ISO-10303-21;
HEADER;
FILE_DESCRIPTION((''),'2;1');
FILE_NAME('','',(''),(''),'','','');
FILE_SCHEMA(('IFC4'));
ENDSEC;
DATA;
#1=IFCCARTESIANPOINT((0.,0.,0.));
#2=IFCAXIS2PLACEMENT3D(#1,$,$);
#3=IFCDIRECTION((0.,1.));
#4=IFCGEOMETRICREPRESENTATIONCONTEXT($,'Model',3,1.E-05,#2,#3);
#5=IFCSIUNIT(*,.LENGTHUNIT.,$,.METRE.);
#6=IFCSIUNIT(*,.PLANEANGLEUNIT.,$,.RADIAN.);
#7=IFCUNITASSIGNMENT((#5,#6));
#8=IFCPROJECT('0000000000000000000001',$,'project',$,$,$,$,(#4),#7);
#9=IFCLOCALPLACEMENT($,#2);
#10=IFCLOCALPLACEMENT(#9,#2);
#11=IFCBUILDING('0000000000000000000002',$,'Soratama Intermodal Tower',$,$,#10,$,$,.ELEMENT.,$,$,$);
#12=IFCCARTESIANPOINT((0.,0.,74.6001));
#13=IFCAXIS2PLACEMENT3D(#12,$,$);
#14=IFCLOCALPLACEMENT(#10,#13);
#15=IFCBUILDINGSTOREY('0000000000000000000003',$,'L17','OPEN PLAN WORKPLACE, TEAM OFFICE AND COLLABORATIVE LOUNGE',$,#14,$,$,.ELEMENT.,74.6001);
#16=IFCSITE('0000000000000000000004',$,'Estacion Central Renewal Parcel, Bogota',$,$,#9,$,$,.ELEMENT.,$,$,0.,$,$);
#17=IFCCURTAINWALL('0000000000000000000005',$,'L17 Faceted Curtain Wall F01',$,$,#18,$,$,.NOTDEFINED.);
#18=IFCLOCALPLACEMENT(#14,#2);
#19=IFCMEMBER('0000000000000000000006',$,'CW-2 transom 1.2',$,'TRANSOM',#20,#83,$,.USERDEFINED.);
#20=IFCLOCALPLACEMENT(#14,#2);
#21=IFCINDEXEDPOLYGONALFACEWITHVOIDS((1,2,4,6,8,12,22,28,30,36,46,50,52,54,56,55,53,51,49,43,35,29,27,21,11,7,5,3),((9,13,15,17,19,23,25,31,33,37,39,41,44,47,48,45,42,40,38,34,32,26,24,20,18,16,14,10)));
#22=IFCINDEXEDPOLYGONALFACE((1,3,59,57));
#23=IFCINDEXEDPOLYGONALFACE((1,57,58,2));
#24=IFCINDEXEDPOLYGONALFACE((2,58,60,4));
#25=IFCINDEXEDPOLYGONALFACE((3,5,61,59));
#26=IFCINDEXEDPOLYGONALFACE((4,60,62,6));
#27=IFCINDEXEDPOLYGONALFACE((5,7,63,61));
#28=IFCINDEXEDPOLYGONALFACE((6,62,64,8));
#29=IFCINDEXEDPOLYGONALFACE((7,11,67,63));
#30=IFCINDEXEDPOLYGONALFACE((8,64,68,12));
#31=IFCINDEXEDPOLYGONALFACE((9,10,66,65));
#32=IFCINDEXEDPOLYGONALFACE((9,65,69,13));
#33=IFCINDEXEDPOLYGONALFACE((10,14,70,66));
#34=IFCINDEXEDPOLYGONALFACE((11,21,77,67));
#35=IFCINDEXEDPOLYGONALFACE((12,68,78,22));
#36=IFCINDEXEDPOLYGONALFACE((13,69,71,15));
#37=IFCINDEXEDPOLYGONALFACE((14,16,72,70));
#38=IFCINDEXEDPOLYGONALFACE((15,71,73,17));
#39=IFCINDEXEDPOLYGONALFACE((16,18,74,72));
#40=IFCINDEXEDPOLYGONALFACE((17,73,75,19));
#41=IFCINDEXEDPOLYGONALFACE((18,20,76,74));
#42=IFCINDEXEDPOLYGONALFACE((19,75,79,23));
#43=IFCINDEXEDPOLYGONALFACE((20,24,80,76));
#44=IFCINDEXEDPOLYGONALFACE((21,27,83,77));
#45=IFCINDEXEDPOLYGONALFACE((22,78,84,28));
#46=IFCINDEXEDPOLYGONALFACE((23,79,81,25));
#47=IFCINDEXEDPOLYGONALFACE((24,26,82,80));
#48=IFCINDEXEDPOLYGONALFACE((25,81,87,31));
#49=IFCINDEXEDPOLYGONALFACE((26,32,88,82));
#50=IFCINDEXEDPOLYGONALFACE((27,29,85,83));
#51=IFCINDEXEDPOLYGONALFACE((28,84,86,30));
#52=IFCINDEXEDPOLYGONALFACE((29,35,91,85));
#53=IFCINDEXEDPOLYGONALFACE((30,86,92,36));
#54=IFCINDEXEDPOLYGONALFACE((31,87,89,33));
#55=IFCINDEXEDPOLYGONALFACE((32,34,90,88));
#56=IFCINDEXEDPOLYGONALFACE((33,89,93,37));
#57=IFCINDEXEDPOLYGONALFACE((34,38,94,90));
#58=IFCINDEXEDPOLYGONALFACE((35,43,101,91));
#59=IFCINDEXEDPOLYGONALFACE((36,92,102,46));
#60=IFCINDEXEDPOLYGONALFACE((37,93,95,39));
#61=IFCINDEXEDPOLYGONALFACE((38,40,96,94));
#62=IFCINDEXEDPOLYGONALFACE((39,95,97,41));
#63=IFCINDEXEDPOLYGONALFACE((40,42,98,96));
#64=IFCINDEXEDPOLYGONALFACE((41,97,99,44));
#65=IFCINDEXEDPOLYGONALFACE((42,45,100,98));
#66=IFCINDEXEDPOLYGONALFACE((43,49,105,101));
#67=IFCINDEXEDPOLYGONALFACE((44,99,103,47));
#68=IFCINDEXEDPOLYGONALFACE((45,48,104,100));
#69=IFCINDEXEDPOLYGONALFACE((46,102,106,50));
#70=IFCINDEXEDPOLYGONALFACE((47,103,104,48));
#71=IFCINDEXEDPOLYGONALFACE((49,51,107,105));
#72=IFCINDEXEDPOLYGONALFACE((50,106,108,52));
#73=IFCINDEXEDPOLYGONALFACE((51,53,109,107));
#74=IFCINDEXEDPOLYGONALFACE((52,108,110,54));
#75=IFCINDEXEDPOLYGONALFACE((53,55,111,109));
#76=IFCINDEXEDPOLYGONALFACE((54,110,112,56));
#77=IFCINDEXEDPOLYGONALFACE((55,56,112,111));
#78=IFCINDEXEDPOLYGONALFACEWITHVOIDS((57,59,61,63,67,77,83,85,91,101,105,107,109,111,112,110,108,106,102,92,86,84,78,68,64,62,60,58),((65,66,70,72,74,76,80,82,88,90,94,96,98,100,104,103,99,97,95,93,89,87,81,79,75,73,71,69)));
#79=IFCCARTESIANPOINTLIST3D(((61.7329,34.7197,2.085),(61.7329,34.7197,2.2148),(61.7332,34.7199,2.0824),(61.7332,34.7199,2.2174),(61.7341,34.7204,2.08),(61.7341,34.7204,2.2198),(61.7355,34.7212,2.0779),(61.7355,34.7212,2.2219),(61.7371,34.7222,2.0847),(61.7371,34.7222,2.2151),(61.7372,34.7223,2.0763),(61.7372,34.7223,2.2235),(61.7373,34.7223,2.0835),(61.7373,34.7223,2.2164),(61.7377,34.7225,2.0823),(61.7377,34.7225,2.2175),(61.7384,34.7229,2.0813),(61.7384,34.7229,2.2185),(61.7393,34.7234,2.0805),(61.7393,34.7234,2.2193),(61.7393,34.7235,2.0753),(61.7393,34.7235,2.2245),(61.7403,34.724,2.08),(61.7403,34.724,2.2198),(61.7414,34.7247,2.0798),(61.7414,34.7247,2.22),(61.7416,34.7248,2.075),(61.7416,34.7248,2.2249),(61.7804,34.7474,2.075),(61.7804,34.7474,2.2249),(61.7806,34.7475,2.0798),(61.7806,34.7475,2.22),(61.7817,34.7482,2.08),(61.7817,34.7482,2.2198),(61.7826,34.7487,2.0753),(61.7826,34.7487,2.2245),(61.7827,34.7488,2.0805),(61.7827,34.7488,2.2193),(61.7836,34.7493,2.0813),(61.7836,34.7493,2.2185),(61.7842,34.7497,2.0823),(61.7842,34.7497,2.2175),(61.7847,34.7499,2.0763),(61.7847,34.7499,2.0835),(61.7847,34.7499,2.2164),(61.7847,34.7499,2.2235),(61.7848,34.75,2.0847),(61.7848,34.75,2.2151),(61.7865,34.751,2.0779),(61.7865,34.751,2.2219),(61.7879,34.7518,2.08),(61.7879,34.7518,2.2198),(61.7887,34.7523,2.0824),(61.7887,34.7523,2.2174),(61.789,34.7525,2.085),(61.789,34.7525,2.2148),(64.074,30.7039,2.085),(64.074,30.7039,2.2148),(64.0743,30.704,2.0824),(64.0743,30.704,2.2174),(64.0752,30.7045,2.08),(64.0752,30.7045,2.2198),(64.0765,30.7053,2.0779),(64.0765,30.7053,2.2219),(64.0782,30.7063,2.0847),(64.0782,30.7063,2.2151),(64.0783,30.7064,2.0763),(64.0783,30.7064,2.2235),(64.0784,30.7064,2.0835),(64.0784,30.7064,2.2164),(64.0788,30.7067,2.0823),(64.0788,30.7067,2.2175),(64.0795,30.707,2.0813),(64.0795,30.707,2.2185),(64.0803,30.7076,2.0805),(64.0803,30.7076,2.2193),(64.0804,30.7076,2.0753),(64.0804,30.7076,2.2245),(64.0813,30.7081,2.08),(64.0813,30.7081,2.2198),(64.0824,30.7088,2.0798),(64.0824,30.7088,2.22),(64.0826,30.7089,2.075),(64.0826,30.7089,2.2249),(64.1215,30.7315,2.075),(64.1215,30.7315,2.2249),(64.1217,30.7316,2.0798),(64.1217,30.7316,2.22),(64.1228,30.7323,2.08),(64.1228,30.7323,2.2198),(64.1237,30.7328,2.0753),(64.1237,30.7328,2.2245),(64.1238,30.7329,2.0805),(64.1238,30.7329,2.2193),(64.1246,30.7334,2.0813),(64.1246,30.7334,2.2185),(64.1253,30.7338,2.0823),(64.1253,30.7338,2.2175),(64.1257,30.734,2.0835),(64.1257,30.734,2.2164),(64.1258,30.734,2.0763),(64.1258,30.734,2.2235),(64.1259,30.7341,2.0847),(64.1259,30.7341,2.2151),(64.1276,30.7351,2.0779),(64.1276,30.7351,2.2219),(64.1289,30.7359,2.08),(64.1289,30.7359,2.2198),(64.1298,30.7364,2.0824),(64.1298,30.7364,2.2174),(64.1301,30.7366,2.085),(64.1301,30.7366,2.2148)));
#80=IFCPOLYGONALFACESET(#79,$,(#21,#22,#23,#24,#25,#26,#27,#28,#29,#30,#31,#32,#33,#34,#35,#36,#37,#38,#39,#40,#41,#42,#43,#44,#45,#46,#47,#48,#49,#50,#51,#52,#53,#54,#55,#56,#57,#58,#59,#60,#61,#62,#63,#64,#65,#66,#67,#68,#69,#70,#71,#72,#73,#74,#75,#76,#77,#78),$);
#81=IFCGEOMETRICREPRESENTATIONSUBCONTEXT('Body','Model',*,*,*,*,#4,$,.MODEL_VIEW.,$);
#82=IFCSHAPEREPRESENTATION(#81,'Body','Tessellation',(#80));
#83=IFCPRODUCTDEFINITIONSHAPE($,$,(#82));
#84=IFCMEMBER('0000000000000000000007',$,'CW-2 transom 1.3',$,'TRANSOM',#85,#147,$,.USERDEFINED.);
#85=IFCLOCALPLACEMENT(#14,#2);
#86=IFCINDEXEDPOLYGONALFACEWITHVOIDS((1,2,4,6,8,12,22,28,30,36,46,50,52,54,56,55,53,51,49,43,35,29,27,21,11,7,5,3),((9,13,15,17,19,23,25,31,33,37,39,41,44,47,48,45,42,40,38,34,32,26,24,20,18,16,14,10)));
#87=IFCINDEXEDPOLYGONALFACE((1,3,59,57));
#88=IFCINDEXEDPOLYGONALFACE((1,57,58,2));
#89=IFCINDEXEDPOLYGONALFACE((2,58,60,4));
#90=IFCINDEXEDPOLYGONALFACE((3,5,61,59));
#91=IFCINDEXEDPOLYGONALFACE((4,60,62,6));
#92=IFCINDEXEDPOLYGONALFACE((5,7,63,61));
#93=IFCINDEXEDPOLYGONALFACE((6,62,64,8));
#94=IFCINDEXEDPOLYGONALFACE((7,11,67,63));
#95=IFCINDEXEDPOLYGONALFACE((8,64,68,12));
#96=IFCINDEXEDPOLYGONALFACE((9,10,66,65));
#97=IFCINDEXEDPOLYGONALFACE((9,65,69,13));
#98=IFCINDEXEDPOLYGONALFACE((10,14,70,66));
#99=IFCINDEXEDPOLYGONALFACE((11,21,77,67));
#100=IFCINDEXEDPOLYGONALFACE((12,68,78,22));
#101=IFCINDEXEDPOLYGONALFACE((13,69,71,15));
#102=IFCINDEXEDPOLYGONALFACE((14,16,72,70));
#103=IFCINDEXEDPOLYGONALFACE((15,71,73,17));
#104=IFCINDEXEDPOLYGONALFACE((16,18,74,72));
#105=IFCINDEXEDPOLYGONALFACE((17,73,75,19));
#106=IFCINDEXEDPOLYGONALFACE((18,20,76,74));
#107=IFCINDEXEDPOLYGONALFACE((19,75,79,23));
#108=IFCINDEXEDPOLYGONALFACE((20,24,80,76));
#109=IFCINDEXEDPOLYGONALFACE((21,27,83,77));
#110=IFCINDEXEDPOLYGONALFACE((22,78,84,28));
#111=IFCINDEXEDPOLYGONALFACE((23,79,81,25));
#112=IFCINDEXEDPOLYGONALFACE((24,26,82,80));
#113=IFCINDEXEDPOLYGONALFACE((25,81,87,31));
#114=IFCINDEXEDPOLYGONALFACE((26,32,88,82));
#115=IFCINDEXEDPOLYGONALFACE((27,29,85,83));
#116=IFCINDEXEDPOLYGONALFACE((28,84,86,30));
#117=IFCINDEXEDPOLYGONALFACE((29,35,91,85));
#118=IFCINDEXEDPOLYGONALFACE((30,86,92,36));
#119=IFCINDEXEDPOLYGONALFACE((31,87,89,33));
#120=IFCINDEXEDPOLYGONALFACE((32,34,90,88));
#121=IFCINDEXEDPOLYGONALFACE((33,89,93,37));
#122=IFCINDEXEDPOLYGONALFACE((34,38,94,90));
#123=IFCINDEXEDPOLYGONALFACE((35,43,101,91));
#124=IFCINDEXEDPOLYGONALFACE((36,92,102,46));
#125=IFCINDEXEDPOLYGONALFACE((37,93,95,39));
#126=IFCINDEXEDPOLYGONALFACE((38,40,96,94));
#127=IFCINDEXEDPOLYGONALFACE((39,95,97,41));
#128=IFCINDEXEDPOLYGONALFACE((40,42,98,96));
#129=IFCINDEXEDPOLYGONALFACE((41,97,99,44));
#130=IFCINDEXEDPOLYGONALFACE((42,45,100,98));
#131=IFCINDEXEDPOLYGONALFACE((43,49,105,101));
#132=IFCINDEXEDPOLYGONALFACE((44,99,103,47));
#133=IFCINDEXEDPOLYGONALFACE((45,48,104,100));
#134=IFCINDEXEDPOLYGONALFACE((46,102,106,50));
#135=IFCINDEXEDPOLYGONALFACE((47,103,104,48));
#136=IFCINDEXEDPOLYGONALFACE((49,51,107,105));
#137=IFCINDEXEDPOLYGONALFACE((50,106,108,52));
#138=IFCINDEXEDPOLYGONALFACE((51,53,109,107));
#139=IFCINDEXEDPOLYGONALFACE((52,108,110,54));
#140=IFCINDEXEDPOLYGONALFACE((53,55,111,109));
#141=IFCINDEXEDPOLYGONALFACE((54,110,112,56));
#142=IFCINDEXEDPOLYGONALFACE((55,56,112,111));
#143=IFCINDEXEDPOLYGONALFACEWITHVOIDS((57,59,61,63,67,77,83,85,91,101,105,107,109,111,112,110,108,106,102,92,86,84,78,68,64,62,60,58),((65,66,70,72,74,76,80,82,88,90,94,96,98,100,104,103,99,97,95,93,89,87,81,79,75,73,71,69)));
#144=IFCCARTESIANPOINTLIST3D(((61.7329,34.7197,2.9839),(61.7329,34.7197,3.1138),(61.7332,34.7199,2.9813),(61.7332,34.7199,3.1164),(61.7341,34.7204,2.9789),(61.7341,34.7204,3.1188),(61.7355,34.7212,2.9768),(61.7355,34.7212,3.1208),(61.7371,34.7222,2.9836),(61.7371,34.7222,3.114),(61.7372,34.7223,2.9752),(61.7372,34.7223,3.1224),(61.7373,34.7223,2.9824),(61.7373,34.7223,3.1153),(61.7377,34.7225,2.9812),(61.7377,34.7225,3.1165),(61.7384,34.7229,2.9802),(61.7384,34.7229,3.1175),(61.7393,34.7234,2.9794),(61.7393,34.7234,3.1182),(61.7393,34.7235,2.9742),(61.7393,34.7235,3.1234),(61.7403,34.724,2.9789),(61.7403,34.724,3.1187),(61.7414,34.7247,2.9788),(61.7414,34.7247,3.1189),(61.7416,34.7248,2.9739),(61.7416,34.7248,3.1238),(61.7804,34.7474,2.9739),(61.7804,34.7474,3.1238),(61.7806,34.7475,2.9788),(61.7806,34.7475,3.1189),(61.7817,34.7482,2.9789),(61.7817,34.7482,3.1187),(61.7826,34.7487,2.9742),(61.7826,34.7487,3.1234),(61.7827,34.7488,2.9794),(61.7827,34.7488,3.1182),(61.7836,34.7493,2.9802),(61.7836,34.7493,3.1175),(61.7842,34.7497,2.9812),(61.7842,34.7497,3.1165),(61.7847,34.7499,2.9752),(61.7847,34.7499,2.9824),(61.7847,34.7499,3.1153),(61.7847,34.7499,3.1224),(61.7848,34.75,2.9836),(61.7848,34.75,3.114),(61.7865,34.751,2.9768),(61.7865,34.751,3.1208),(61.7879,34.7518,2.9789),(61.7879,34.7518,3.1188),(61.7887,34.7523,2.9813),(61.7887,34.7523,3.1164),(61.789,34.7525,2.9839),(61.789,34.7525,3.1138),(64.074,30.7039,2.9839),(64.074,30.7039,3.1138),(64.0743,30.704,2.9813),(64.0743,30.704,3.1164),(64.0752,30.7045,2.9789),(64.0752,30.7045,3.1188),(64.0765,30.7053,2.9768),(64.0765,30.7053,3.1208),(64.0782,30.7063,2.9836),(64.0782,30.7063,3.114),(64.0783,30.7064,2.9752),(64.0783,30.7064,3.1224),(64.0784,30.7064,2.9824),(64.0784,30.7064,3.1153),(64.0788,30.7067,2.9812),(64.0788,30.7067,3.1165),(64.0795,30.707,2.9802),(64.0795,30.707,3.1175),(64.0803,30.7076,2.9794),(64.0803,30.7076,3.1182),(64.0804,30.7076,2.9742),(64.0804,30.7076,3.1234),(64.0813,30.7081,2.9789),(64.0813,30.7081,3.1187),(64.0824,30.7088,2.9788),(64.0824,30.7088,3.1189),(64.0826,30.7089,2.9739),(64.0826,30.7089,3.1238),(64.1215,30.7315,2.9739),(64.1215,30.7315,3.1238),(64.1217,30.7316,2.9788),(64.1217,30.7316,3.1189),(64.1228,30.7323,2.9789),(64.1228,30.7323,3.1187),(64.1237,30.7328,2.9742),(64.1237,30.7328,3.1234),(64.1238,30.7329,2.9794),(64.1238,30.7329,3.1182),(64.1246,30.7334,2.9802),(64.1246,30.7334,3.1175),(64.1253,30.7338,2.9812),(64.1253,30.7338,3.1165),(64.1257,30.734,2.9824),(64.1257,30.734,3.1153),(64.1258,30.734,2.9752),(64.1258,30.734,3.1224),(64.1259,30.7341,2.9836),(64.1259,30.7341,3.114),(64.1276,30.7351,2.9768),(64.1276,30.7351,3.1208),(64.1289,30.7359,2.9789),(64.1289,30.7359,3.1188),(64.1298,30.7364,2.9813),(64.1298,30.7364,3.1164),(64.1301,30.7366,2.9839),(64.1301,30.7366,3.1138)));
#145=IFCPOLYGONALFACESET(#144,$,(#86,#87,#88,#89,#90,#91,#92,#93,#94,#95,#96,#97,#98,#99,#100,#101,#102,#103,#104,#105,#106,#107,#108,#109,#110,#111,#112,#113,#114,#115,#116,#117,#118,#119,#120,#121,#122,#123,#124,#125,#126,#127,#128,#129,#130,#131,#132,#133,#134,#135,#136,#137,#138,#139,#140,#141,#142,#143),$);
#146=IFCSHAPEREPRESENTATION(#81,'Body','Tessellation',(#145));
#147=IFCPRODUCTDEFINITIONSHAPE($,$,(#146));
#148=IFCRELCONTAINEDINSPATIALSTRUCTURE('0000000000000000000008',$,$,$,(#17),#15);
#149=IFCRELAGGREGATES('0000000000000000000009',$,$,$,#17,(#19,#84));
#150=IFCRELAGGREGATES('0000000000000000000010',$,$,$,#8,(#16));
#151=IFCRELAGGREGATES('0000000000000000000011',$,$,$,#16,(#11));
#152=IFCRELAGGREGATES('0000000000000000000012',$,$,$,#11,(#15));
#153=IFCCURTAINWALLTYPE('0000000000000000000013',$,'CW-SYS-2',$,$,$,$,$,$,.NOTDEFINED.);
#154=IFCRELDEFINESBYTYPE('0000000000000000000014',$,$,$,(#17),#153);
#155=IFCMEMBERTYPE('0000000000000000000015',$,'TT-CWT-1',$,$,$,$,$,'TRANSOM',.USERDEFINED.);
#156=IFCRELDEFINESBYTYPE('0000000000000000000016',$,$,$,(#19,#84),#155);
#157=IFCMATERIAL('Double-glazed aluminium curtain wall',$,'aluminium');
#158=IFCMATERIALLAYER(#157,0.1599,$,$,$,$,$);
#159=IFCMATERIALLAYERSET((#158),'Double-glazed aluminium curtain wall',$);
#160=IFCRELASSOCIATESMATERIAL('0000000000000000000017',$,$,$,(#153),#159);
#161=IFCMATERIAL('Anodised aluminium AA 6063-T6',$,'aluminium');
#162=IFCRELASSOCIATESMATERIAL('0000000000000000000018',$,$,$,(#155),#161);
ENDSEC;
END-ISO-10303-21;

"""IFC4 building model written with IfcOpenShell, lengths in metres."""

from ifc_helpers import new_model, si_unit, direction, frame, origin, origin_2d, place, context, subcontext, project, spatial, hollow_rectangle, extrude, material, layer, layer_set, material_profile, profile_set, type_object, element, aggregate, save


model = new_model("IFC4")

# Units and contexts
model_context = context("Model", 3, precision=1e-05, world=origin(), true_north=direction((0.0, 1.0)))
body_context = subcontext(model_context, "Body", "Model", "MODEL_VIEW")
ifc_project = project(units=[si_unit("LENGTHUNIT", "METRE"), si_unit("PLANEANGLEUNIT", "RADIAN")], contexts=[model_context])

# Site, building, storey
site_placement = place(None, origin())
site = spatial("IfcSite", under=ifc_project, at=site_placement, Name="Estacion Central Renewal Parcel, Bogota", CompositionType="ELEMENT", RefElevation=0.0)
building_placement = place(site_placement, origin())
building = spatial("IfcBuilding", under=site, at=building_placement, Name="Soratama Intermodal Tower", CompositionType="ELEMENT")
storey_placement = place(building_placement, frame((0.0, 0.0, 74.6001)))
storey = spatial("IfcBuildingStorey", under=building, at=storey_placement, Name="L17", Description="OPEN PLAN WORKPLACE, TEAM OFFICE AND COLLABORATIVE LOUNGE", CompositionType="ELEMENT", Elevation=74.6001)

# Curtain wall, members
ifc_material_1 = material(Name="Double-glazed aluminium curtain wall", Category="aluminium")
ifc_layer_1 = layer(ifc_material_1, 0.1599)
ifc_layer_set_1 = layer_set([ifc_layer_1], Name="Double-glazed aluminium curtain wall")
curtain_wall_type = type_object("IfcCurtainWallType", Name="CW-SYS-2", PredefinedType="NOTDEFINED", material=ifc_layer_set_1)
curtain_wall_placement = place(storey_placement, origin())
curtain_wall = element("IfcCurtainWall", 1, at=curtain_wall_placement, inside=storey, type_object=curtain_wall_type, Name="L17 Faceted Curtain Wall F01", PredefinedType="NOTDEFINED")
ifc_material_2 = material(Name="Anodised aluminium AA 6063-T6", Category="aluminium")
ifc_material_profile_1 = material_profile(ifc_material_2, hollow_rectangle(XDim=0.0649, YDim=0.1499, WallThickness=0.0049, InnerFilletRadius=0.0049, OuterFilletRadius=0.01, at=origin_2d()), Name="CWT150X65X5")
ifc_profile_set_1 = profile_set([ifc_material_profile_1], Name="Anodised aluminium AA 6063-T6")
member_type_1 = type_object("IfcMemberType", Name="TT-CWT-1", ElementType="TRANSOM", PredefinedType="USERDEFINED", material=ifc_profile_set_1)
member_1_placement = place(storey_placement, frame((64.1021, 30.7202, 2.1499), z_axis=(-0.503626, 0.863922, 0.0), x_axis=(-0.863922, -0.503626, 0.0)))
member_1 = element("IfcMember", 2, at=member_1_placement, type_object=member_type_1, Name="CW-2 transom 1.2", ObjectType="TRANSOM", PredefinedType="USERDEFINED", context=body_context, shape_type="SweptSolid", body=[
    extrude(hollow_rectangle(XDim=0.0649, YDim=0.1499, WallThickness=0.0049, InnerFilletRadius=0.0049, OuterFilletRadius=0.01, at=origin_2d()), origin(), (0.0, 0.0, 1.0), 4.6484),
])
member_2_placement = place(storey_placement, frame((64.1021, 30.7202, 3.0488), z_axis=(-0.503626, 0.863922, 0.0), x_axis=(-0.863922, -0.503626, 0.0)))
member_2 = element("IfcMember", 3, at=member_2_placement, type_object=member_type_1, Name="CW-2 transom 1.3", ObjectType="TRANSOM", PredefinedType="USERDEFINED", context=body_context, shape_type="SweptSolid", body=[
    extrude(hollow_rectangle(XDim=0.0649, YDim=0.1499, WallThickness=0.0049, InnerFilletRadius=0.0049, OuterFilletRadius=0.01, at=origin_2d()), origin(), (0.0, 0.0, 1.0), 4.6484),
])
aggregate(curtain_wall, [member_1, member_2])

save(model, "model.ifc")
